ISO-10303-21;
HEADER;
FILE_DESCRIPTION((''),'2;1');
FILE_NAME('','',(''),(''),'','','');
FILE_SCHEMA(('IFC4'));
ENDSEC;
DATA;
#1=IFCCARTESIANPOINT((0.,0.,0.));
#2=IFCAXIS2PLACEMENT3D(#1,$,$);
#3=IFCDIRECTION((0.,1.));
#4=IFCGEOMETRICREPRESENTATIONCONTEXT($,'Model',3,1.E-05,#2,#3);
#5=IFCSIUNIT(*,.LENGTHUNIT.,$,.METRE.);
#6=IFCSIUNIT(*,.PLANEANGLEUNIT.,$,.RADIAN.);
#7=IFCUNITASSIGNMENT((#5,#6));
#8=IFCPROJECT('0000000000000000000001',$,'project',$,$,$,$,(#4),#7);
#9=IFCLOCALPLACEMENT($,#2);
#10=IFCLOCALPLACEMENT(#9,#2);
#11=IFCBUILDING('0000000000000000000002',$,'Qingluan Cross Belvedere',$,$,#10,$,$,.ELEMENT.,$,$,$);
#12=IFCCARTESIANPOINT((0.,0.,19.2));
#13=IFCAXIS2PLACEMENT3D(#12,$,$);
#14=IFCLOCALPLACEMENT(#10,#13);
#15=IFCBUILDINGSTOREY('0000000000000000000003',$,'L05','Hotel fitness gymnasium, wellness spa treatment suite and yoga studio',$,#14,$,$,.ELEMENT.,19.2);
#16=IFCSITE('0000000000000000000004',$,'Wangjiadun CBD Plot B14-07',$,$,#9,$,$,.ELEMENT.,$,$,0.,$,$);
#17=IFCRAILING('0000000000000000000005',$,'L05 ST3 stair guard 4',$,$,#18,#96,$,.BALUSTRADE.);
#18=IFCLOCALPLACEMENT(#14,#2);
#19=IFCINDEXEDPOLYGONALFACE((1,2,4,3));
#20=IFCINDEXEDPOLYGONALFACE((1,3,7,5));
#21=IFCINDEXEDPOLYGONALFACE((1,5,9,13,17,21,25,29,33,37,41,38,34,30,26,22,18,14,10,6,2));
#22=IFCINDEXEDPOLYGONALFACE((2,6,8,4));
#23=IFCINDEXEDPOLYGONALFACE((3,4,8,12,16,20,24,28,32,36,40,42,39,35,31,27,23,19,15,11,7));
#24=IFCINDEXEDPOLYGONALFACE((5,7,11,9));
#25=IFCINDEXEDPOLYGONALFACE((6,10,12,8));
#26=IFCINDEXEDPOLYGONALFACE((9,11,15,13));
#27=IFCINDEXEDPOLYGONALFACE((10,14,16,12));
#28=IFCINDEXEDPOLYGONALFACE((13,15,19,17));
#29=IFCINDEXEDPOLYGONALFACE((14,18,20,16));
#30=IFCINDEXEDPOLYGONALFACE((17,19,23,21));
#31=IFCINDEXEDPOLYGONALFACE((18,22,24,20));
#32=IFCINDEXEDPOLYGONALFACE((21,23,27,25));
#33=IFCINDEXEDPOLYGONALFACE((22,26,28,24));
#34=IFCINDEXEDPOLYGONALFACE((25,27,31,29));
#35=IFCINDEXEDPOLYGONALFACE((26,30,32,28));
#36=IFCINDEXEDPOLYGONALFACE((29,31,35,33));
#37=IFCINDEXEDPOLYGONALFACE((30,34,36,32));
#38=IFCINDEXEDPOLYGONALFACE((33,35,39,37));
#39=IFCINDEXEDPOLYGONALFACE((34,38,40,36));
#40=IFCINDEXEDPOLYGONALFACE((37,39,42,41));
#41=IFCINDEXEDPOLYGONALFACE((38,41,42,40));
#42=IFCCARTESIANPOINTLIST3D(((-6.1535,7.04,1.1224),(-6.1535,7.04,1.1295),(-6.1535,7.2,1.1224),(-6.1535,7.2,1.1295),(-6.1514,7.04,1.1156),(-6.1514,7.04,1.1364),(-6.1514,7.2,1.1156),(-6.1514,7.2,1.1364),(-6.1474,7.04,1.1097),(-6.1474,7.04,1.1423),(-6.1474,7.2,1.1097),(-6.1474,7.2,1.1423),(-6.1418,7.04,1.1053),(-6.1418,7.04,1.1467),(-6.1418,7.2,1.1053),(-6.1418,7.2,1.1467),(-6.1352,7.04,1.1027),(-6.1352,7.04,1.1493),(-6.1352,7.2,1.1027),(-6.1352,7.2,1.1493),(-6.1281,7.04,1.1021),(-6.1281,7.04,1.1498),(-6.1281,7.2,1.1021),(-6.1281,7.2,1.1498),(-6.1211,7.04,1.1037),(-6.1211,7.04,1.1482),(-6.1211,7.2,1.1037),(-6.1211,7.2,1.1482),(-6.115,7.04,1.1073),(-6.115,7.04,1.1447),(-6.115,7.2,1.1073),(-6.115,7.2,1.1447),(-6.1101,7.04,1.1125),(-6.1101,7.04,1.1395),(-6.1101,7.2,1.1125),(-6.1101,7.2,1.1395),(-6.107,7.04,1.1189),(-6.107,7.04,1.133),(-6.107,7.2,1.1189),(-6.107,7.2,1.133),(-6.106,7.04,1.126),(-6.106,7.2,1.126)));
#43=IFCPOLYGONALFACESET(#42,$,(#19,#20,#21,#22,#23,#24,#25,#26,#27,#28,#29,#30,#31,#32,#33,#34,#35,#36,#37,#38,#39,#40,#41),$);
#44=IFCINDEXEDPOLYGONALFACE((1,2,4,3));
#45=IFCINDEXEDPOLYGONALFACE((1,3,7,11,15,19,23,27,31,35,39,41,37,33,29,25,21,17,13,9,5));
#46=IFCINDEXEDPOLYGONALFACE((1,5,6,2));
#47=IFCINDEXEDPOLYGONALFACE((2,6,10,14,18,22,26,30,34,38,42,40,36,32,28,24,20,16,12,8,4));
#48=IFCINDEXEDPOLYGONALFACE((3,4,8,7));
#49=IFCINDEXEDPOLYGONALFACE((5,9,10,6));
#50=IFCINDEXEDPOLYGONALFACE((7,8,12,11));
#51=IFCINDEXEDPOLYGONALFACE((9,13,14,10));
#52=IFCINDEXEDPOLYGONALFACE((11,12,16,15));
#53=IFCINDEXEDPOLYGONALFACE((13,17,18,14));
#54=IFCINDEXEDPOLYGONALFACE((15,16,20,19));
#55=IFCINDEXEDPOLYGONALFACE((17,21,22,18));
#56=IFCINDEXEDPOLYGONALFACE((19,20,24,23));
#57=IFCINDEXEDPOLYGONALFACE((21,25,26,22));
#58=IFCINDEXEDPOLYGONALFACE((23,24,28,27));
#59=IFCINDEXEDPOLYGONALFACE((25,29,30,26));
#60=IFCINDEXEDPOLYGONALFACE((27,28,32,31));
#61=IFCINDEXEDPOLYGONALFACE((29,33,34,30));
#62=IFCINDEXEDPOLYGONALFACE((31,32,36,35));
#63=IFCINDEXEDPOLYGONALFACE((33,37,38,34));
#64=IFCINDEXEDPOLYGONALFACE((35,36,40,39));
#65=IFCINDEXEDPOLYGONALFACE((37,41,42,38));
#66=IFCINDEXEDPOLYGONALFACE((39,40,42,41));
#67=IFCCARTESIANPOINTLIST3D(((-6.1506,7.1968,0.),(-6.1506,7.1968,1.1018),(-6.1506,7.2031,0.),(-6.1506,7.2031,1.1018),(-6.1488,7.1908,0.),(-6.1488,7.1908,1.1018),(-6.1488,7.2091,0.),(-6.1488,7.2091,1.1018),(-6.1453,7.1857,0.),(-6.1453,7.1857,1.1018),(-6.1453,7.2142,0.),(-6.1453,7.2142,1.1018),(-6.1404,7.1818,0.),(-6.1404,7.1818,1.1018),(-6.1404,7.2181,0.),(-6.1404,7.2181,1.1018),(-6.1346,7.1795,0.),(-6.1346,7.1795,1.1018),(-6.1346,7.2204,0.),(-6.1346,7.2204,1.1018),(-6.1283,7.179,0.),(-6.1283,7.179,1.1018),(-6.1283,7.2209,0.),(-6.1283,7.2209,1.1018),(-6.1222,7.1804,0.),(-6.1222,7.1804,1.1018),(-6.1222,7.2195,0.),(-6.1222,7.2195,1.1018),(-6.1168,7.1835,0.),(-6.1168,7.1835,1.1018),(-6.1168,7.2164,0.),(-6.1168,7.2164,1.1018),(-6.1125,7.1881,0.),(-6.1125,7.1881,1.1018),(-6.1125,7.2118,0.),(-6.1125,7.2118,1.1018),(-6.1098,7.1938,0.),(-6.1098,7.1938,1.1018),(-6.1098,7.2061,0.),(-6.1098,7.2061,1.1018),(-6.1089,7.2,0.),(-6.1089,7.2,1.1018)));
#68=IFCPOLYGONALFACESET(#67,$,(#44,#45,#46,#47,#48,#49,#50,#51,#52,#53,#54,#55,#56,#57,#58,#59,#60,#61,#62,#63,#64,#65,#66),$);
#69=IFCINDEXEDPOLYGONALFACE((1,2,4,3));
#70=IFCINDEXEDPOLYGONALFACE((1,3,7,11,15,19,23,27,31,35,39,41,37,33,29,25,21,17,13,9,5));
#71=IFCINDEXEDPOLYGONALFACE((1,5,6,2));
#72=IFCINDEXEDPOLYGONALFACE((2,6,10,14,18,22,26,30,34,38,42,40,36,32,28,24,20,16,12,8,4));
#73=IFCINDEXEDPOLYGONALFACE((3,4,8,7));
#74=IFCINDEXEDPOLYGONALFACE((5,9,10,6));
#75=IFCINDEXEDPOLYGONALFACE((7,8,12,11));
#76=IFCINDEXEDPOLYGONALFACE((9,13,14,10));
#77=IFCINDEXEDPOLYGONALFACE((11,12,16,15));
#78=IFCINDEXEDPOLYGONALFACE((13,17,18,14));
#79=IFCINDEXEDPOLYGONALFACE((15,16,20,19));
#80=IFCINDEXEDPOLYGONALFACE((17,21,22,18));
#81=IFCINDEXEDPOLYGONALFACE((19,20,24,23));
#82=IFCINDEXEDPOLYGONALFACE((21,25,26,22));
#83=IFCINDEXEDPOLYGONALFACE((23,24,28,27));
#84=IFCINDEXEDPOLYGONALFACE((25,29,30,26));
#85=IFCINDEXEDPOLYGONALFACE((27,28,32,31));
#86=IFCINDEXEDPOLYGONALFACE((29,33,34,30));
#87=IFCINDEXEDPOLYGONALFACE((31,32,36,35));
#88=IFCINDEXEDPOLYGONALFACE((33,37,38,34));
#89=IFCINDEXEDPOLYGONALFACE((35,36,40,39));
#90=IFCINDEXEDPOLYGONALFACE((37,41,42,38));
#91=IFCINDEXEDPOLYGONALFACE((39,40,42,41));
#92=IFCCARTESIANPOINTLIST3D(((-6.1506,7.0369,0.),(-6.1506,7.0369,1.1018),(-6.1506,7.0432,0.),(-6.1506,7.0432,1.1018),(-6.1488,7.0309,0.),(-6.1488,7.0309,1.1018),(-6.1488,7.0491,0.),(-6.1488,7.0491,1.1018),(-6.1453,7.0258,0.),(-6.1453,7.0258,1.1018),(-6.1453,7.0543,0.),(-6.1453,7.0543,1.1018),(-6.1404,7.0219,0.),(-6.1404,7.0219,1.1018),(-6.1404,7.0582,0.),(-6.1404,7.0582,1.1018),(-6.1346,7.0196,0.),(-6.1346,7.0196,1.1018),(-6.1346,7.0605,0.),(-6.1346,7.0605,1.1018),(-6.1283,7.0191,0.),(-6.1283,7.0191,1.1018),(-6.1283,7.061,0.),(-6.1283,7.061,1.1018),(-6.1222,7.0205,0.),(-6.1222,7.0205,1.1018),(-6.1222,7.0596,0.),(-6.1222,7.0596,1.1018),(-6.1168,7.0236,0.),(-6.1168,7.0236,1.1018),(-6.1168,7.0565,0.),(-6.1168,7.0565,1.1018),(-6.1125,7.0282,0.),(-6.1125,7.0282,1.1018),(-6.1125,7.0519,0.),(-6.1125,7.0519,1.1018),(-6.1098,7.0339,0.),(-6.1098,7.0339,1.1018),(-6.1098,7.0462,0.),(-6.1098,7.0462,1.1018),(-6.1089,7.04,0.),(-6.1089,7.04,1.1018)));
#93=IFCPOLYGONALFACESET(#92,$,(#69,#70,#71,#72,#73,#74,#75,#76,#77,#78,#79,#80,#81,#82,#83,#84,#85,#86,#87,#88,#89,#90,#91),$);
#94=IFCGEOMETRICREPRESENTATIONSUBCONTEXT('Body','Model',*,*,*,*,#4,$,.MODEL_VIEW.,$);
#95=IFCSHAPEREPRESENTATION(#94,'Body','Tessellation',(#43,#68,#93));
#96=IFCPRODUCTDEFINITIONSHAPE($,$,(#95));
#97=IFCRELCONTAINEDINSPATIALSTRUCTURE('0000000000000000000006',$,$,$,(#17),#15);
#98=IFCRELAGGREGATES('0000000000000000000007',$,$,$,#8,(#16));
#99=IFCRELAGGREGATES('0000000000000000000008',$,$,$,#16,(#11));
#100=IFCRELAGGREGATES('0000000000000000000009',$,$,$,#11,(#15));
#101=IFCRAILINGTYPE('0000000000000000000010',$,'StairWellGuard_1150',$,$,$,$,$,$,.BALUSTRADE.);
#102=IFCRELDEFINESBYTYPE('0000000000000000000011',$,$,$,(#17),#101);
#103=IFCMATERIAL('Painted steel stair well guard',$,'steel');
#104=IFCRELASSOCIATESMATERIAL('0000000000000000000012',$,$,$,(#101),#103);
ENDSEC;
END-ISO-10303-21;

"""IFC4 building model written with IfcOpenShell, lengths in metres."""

from ifc_helpers import new_model, si_unit, direction, frame, origin, origin_2d, place, context, subcontext, project, spatial, circle, extrude, material, type_object, element, save


model = new_model("IFC4")

# Units and contexts
model_context = context("Model", 3, precision=1e-05, world=origin(), true_north=direction((0.0, 1.0)))
body_context = subcontext(model_context, "Body", "Model", "MODEL_VIEW")
ifc_project = project(units=[si_unit("LENGTHUNIT", "METRE"), si_unit("PLANEANGLEUNIT", "RADIAN")], contexts=[model_context])

# Site, building, storey
site_placement = place(None, origin())
site = spatial("IfcSite", under=ifc_project, at=site_placement, Name="Wangjiadun CBD Plot B14-07", CompositionType="ELEMENT", RefElevation=0.0)
building_placement = place(site_placement, origin())
building = spatial("IfcBuilding", under=site, at=building_placement, Name="Qingluan Cross Belvedere", CompositionType="ELEMENT")
storey_placement = place(building_placement, frame((0.0, 0.0, 19.2)))
storey = spatial("IfcBuildingStorey", under=building, at=storey_placement, Name="L05", Description="Hotel fitness gymnasium, wellness spa treatment suite and yoga studio", CompositionType="ELEMENT", Elevation=19.2)

# Railing
ifc_material_1 = material(Name="Painted steel stair well guard", Category="steel")
railing_type_1 = type_object("IfcRailingType", Name="StairWellGuard_1150", PredefinedType="BALUSTRADE", material=ifc_material_1)
railing_1_placement = place(storey_placement, frame((-6.1299, 7.2, 0.0)))
element("IfcRailing", 1, at=railing_1_placement, inside=storey, type_object=railing_type_1, Name="L05 ST3 stair guard 4", PredefinedType="BALUSTRADE", context=body_context, shape_type="SweptSolid", body=[
    extrude(circle(Radius=0.0239, at=origin_2d()), frame((0.0, 0.0, 1.126), z_axis=(0.0, -1.0, 0.0), x_axis=(1.0, 0.0, 0.0)), (0.0, 0.0, 1.0), 0.1599),
    extrude(circle(Radius=0.021, at=origin_2d()), origin(), (0.0, 0.0, 1.0), 1.1018),
    extrude(circle(Radius=0.021, at=origin_2d()), frame((0.0, -0.1599, 0.0)), (0.0, 0.0, 1.0), 1.1018),
])

save(model, "model.ifc")
